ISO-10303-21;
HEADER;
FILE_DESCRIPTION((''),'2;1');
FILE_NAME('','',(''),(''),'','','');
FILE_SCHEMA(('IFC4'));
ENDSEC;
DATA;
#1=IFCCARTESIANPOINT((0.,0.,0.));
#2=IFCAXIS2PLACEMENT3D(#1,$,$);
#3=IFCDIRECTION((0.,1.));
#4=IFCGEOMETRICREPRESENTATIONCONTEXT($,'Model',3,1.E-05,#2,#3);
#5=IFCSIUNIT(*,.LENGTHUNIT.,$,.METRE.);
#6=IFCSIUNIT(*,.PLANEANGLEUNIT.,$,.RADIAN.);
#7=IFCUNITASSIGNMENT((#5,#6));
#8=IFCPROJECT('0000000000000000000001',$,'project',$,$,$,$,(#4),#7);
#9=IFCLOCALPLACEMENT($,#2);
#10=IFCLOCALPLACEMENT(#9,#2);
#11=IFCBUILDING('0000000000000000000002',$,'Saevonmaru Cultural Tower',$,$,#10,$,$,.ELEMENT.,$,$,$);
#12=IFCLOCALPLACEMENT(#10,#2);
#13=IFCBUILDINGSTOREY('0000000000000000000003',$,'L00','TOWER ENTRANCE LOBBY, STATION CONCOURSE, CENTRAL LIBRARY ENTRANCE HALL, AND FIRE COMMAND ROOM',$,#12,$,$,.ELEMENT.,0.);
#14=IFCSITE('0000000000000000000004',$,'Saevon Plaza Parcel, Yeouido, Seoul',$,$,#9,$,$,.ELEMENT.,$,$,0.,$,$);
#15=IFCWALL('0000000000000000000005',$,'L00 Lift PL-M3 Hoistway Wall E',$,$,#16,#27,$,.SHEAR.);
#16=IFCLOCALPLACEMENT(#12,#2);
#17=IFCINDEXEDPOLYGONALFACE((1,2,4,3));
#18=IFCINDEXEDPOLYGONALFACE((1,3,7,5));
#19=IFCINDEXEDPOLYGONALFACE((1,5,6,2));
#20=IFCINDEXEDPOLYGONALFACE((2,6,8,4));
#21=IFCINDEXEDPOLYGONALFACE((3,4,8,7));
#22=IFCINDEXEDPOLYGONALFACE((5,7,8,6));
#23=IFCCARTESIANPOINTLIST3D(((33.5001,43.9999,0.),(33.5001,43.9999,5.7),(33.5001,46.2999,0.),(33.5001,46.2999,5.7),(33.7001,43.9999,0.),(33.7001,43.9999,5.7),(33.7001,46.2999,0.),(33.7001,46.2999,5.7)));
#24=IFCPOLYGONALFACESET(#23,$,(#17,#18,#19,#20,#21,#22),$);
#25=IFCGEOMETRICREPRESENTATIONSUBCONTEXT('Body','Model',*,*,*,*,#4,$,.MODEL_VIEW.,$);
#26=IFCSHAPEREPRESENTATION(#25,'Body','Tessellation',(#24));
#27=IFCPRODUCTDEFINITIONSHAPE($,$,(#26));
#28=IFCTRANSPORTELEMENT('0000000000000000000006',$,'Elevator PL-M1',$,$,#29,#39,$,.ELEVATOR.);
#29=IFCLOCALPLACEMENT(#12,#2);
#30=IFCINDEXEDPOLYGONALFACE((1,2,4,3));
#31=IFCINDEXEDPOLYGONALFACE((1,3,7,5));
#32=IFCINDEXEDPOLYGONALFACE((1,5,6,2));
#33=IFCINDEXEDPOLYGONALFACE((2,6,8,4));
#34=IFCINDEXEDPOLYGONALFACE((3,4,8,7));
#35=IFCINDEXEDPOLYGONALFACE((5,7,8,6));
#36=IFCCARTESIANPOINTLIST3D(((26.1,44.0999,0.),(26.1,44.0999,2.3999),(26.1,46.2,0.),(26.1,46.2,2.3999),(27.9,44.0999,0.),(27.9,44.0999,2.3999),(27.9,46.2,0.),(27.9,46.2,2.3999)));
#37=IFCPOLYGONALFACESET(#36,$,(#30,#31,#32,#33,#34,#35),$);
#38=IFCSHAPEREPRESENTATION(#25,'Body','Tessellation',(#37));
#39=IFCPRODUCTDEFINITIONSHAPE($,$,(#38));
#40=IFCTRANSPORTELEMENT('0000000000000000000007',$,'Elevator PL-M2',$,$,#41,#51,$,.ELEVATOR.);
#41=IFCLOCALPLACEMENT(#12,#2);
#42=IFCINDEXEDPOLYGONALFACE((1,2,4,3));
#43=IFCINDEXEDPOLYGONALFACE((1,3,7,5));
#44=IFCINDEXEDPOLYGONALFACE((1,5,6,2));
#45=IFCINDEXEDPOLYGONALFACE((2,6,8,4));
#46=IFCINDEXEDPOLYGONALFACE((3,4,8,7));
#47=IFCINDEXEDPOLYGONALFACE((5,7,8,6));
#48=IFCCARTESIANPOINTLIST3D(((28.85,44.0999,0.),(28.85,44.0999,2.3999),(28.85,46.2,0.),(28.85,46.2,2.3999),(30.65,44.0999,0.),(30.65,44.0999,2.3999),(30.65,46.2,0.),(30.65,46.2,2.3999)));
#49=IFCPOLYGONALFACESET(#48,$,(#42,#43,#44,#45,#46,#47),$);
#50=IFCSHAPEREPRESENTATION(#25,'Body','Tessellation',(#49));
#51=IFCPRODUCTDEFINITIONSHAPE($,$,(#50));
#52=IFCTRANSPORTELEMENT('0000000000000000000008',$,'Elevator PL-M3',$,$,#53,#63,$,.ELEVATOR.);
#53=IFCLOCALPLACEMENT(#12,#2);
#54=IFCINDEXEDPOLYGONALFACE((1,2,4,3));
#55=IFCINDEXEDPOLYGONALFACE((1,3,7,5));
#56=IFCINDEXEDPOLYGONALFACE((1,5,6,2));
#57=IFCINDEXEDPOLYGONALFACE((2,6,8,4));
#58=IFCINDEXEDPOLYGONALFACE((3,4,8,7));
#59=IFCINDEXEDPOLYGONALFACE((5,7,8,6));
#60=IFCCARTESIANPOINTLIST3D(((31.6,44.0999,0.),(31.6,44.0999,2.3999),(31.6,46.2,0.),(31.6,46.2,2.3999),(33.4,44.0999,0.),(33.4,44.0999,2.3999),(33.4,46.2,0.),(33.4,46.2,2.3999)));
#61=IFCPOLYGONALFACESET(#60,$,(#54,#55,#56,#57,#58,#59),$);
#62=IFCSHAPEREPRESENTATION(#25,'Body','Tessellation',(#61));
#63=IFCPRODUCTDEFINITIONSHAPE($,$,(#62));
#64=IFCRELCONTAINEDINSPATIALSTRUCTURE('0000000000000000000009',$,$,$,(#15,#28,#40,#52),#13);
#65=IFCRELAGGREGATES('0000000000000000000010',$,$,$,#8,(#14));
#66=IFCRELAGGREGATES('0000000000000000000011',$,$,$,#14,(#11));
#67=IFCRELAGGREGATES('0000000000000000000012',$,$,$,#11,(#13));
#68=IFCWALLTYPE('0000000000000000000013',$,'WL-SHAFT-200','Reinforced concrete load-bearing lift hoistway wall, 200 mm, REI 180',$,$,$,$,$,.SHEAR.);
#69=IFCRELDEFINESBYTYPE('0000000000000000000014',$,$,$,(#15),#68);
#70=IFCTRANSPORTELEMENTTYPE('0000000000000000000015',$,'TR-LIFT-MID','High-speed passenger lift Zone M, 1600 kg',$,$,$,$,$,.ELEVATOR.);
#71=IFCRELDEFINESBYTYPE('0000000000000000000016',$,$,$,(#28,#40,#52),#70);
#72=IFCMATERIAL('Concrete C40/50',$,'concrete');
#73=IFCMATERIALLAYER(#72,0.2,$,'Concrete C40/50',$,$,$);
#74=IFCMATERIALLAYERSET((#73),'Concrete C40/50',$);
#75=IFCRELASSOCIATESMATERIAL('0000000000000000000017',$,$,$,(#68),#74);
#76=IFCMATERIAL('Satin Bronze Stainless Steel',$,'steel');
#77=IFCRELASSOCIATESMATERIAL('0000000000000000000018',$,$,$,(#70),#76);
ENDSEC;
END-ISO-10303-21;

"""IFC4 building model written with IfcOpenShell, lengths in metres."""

from ifc_helpers import new_model, si_unit, direction, frame, frame_2d, origin, origin_2d, place, context, subcontext, project, spatial, rectangle, extrude, material, layer, layer_set, type_object, element, save


model = new_model("IFC4")

# Units and contexts
model_context = context("Model", 3, precision=1e-05, world=origin(), true_north=direction((0.0, 1.0)))
body_context = subcontext(model_context, "Body", "Model", "MODEL_VIEW")
ifc_project = project(units=[si_unit("LENGTHUNIT", "METRE"), si_unit("PLANEANGLEUNIT", "RADIAN")], contexts=[model_context])

# Site, building, storey
site_placement = place(None, origin())
site = spatial("IfcSite", under=ifc_project, at=site_placement, Name="Saevon Plaza Parcel, Yeouido, Seoul", CompositionType="ELEMENT", RefElevation=0.0)
building_placement = place(site_placement, origin())
building = spatial("IfcBuilding", under=site, at=building_placement, Name="Saevonmaru Cultural Tower", CompositionType="ELEMENT")
storey_placement = place(building_placement, origin())
storey = spatial("IfcBuildingStorey", under=building, at=storey_placement, Name="L00", Description="TOWER ENTRANCE LOBBY, STATION CONCOURSE, CENTRAL LIBRARY ENTRANCE HALL, AND FIRE COMMAND ROOM", CompositionType="ELEMENT", Elevation=0.0)

# Shared definitions
ifc_material_1 = material(Name="Concrete C40/50", Category="concrete")
ifc_layer_1 = layer(ifc_material_1, 0.2, Name="Concrete C40/50")
ifc_layer_set_1 = layer_set([ifc_layer_1], Name="Concrete C40/50")
wall_type_1 = type_object("IfcWallType", Name="WL-SHAFT-200", Description="Reinforced concrete load-bearing lift hoistway wall, 200 mm, REI 180", PredefinedType="SHEAR", material=ifc_layer_set_1)

# Shared definitions
ifc_material_2 = material(Name="Satin Bronze Stainless Steel", Category="steel")

# Wall
for number, where, z_axis, x_axis, name in (
    (1, (33.6001, 44.0, 0.0), (0.0, 0.0, 1.0), (0.0, 1.0, 0.0), "L00 Lift PL-M3 Hoistway Wall E"),
):
    element("IfcWall", number, at=place(storey_placement, frame(where, z_axis=z_axis, x_axis=x_axis)), inside=storey, type_object=wall_type_1, Name=name, PredefinedType="SHEAR", context=body_context, shape_type="SweptSolid", body=[
        extrude(rectangle(XDim=2.3, YDim=0.2, at=frame_2d((1.1499, 0.0))), origin(), (0.0, 0.0, 1.0), 5.7),
    ])

# Transport elements
transport_element_type = type_object("IfcTransportElementType", Name="TR-LIFT-MID", Description="High-speed passenger lift Zone M, 1600 kg", PredefinedType="ELEVATOR", material=ifc_material_2)
for number, where, z_axis, x_axis, name in (
    (2, (27.0, 45.1499, 0.0), (0.0, 0.0, 1.0), (1.0, 0.0, 0.0), "Elevator PL-M1"),
    (3, (29.75, 45.1499, 0.0), (0.0, 0.0, 1.0), (1.0, 0.0, 0.0), "Elevator PL-M2"),
    (4, (32.5, 45.1499, 0.0), (0.0, 0.0, 1.0), (1.0, 0.0, 0.0), "Elevator PL-M3"),
):
    element("IfcTransportElement", number, at=place(storey_placement, frame(where, z_axis=z_axis, x_axis=x_axis)), inside=storey, type_object=transport_element_type, Name=name, PredefinedType="ELEVATOR", context=body_context, shape_type="SweptSolid", body=[
        extrude(rectangle(XDim=1.8, YDim=2.1001, at=origin_2d()), origin(), (0.0, 0.0, 1.0), 2.3999),
    ])

save(model, "model.ifc")
